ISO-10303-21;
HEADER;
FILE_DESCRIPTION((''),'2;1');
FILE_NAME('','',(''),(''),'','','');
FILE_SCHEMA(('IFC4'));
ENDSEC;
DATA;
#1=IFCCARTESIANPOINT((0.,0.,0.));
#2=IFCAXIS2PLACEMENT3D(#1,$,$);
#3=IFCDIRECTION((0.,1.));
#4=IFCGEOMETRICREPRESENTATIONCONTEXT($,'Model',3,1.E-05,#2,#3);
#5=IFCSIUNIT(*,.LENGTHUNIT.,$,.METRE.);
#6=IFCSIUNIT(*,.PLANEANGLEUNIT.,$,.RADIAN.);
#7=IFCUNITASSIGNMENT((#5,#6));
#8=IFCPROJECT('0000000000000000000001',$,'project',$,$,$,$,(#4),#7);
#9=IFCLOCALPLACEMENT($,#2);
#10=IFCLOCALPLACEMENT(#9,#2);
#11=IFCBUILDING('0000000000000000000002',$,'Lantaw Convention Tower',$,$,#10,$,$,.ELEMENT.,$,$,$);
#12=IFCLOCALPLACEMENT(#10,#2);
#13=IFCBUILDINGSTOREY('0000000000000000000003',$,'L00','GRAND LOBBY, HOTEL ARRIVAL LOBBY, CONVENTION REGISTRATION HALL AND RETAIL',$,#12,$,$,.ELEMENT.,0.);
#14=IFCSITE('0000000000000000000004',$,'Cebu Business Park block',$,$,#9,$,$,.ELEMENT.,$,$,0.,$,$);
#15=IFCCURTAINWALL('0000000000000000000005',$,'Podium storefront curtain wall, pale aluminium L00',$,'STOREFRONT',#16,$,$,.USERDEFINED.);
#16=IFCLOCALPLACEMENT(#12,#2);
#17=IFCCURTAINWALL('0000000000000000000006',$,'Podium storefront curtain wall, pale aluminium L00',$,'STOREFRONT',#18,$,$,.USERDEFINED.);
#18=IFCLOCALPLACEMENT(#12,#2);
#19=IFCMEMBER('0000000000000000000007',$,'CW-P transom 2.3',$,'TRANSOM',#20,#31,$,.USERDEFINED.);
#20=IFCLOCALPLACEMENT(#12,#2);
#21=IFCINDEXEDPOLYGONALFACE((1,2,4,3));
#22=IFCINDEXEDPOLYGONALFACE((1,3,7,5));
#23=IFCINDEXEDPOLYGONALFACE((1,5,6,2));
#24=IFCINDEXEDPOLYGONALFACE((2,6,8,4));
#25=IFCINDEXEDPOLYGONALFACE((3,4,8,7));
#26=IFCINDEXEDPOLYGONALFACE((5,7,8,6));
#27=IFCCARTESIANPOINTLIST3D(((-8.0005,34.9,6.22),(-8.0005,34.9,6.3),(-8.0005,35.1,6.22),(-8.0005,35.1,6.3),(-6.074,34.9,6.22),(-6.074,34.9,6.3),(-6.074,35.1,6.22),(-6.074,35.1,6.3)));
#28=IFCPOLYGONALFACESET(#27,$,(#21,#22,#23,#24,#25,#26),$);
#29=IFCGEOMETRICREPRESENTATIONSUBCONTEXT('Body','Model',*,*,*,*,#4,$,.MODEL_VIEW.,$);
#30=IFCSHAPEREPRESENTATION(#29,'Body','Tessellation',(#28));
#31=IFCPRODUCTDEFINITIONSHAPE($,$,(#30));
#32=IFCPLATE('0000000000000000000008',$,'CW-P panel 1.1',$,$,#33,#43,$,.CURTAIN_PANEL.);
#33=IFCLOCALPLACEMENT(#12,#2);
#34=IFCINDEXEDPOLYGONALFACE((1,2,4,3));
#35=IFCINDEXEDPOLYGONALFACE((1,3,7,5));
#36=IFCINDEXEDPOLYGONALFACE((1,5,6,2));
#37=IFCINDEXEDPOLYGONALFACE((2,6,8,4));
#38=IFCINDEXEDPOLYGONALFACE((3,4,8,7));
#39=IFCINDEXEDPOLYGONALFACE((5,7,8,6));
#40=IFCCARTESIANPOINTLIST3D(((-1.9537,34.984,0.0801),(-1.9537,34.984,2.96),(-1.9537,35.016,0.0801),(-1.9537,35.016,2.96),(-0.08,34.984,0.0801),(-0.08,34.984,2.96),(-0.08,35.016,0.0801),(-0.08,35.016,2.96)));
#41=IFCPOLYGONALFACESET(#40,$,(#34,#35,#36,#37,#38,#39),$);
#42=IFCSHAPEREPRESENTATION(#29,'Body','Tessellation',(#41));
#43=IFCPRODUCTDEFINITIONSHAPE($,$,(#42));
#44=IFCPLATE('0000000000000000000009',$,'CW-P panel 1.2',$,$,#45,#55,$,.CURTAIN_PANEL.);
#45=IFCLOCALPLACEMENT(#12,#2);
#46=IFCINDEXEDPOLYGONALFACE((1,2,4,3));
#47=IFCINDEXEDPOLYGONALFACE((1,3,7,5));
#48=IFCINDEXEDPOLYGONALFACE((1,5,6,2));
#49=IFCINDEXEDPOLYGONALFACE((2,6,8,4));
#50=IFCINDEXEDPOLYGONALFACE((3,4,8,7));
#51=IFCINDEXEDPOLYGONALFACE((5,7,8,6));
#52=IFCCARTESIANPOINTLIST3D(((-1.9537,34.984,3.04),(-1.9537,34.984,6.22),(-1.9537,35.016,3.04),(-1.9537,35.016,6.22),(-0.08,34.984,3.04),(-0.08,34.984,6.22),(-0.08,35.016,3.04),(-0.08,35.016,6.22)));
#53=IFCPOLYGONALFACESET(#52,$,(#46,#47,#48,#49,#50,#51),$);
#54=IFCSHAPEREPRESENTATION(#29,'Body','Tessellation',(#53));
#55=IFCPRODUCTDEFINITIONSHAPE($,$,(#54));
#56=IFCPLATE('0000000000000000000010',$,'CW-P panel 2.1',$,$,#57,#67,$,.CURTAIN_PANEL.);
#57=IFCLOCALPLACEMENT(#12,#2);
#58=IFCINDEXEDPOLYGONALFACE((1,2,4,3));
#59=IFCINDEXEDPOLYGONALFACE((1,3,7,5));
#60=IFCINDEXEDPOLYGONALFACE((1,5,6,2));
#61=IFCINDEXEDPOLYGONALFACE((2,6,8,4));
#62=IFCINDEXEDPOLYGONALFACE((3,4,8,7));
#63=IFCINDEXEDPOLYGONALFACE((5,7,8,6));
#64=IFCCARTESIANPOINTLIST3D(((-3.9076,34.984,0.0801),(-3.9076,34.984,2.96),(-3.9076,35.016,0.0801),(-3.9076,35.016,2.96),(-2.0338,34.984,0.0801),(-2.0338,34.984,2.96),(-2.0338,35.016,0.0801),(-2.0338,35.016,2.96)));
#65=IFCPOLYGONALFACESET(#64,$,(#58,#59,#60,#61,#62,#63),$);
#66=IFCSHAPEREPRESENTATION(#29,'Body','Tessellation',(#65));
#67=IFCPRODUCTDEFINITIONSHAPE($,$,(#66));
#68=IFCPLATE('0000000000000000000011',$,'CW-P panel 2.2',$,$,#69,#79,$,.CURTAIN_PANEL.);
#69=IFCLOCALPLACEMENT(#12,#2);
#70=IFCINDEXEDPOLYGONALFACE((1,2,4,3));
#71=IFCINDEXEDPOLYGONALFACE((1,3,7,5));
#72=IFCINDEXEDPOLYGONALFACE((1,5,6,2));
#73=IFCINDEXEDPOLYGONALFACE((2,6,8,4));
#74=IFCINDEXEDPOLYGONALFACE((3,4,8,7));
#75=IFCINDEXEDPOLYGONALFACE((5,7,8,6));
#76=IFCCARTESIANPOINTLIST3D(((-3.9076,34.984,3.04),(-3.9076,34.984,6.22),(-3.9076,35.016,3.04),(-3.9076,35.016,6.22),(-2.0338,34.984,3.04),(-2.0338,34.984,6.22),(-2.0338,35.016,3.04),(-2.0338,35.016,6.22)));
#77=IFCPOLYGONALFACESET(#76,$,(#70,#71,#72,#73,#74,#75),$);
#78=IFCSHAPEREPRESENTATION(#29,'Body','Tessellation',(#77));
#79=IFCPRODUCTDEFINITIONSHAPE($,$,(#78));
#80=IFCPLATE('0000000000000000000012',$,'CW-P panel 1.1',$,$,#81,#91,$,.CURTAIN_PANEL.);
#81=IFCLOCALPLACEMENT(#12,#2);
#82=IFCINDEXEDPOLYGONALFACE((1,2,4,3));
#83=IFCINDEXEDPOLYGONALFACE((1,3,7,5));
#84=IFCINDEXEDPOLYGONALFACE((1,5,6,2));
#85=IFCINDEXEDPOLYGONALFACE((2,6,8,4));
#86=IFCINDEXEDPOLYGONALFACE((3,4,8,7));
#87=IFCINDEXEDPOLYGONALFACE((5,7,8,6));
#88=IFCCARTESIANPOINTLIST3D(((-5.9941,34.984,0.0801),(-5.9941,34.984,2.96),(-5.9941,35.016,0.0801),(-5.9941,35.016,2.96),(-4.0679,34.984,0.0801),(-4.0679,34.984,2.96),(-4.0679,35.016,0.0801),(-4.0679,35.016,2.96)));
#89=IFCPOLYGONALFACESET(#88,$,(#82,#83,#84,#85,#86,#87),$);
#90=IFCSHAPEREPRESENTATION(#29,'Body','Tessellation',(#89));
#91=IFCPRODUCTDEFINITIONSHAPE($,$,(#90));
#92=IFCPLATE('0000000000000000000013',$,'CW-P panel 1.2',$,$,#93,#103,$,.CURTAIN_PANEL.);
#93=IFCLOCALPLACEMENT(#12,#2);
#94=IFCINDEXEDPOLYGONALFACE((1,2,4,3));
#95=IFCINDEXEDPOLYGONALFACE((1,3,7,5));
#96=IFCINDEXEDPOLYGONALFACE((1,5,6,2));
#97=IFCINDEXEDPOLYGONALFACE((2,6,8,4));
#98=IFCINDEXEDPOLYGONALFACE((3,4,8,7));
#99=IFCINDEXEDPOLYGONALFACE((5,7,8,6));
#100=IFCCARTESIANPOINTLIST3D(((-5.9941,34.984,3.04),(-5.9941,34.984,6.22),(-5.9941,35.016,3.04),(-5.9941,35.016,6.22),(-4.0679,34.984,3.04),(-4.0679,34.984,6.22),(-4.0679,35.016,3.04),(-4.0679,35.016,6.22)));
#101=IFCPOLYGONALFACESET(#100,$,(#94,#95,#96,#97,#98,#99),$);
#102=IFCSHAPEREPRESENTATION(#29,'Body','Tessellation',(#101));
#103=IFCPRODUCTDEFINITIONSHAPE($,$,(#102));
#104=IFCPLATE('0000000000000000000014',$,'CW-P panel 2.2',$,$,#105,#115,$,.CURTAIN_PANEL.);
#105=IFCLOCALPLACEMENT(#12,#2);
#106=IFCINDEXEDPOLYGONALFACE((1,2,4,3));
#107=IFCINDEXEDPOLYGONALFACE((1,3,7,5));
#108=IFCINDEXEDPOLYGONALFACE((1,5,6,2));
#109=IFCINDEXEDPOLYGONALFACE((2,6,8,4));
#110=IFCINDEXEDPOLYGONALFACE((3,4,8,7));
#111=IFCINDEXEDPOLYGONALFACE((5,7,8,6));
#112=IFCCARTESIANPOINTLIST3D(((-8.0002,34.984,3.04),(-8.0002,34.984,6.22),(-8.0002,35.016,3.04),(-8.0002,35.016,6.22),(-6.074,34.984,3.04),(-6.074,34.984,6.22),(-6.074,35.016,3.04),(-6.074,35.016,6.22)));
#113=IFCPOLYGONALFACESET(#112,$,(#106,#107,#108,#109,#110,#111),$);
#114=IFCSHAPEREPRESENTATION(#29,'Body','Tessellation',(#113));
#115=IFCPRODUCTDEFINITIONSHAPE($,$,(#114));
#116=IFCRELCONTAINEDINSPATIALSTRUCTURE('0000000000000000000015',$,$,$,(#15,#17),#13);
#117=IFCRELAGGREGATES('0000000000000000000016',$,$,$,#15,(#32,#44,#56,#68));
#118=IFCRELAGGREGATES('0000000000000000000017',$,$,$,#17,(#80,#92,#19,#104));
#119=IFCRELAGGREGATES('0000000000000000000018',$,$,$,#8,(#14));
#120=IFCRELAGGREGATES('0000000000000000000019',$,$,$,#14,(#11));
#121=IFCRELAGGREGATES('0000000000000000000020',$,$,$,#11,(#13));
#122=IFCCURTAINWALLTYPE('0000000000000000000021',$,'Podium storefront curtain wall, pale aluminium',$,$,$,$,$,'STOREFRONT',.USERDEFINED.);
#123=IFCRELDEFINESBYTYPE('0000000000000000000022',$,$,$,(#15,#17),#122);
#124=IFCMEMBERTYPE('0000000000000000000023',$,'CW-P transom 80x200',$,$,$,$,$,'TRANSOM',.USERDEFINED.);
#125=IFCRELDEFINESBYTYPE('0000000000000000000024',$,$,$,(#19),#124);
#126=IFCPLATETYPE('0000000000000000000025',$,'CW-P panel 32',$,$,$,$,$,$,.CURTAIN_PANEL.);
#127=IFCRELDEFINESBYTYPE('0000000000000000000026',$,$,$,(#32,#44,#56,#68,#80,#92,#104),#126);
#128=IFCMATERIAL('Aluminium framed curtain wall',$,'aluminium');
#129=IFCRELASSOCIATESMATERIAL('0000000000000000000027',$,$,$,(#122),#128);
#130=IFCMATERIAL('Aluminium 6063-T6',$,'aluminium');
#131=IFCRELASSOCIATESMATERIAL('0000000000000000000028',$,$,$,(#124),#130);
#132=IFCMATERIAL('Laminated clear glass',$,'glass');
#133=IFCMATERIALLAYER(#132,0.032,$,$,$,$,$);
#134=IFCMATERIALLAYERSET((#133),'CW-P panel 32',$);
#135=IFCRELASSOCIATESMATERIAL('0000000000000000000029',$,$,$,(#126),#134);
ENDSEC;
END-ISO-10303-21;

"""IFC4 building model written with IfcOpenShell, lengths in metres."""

from ifc_helpers import new_model, si_unit, direction, frame, origin, origin_2d, place, context, subcontext, project, spatial, rectangle, extrude, material, layer, layer_set, material_profile, profile_set, type_object, element, aggregate, save


model = new_model("IFC4")

# Units and contexts
model_context = context("Model", 3, precision=1e-05, world=origin(), true_north=direction((0.0, 1.0)))
body_context = subcontext(model_context, "Body", "Model", "MODEL_VIEW")
ifc_project = project(units=[si_unit("LENGTHUNIT", "METRE"), si_unit("PLANEANGLEUNIT", "RADIAN")], contexts=[model_context])

# Site, building, storey
site_placement = place(None, origin())
site = spatial("IfcSite", under=ifc_project, at=site_placement, Name="Cebu Business Park block", CompositionType="ELEMENT", RefElevation=0.0)
building_placement = place(site_placement, origin())
building = spatial("IfcBuilding", under=site, at=building_placement, Name="Lantaw Convention Tower", CompositionType="ELEMENT")
storey_placement = place(building_placement, origin())
storey = spatial("IfcBuildingStorey", under=building, at=storey_placement, Name="L00", Description="GRAND LOBBY, HOTEL ARRIVAL LOBBY, CONVENTION REGISTRATION HALL AND RETAIL", CompositionType="ELEMENT", Elevation=0.0)

# Curtain walls
ifc_material_1 = material(Name="Aluminium framed curtain wall", Category="aluminium")
curtain_wall_type = type_object("IfcCurtainWallType", Name="Podium storefront curtain wall, pale aluminium", ElementType="STOREFRONT", PredefinedType="USERDEFINED", material=ifc_material_1)
curtain_wall_1_placement = place(storey_placement, origin())
curtain_wall_1 = element("IfcCurtainWall", 1, at=curtain_wall_1_placement, inside=storey, type_object=curtain_wall_type, Name="Podium storefront curtain wall, pale aluminium L00", ObjectType="STOREFRONT", PredefinedType="USERDEFINED")
ifc_material_2 = material(Name="Aluminium 6063-T6", Category="aluminium")
curtain_wall_2_placement = place(storey_placement, origin())
curtain_wall_2 = element("IfcCurtainWall", 2, at=curtain_wall_2_placement, inside=storey, type_object=curtain_wall_type, Name="Podium storefront curtain wall, pale aluminium L00", ObjectType="STOREFRONT", PredefinedType="USERDEFINED")

# Member
ifc_material_profile_1 = material_profile(ifc_material_2, rectangle(XDim=0.2, YDim=0.0801, at=origin_2d()), Name="CW-P transom 80x200")
ifc_profile_set_1 = profile_set([ifc_material_profile_1], Name="Aluminium 6063-T6")
member_type_1 = type_object("IfcMemberType", Name="CW-P transom 80x200", ElementType="TRANSOM", PredefinedType="USERDEFINED", material=ifc_profile_set_1)
member_1_placement = place(storey_placement, frame((-6.074, 35.0, 6.26), z_axis=(-1.0, 0.0, 0.0), x_axis=(0.0, -1.0, 0.0)))
member_1 = element("IfcMember", 3, at=member_1_placement, type_object=member_type_1, Name="CW-P transom 2.3", ObjectType="TRANSOM", PredefinedType="USERDEFINED", context=body_context, shape_type="SweptSolid", body=[
    extrude(rectangle(XDim=0.2, YDim=0.0801, at=origin_2d()), origin(), (0.0, 0.0, 1.0), 1.9265),
])

# Plates
ifc_material_3 = material(Name="Laminated clear glass", Category="glass")
ifc_layer = layer(ifc_material_3, 0.032)
ifc_layer_set = layer_set([ifc_layer], Name="CW-P panel 32")
plate_type = type_object("IfcPlateType", Name="CW-P panel 32", PredefinedType="CURTAIN_PANEL", material=ifc_layer_set)
plate_1_placement = place(storey_placement, frame((-1.0168, 35.0, 0.0801), z_axis=(0.0, 0.0, 1.0), x_axis=(-1.0, 0.0, 0.0)))
plate_1 = element("IfcPlate", 4, at=plate_1_placement, type_object=plate_type, Name="CW-P panel 1.1", PredefinedType="CURTAIN_PANEL", context=body_context, shape_type="SweptSolid", body=[
    extrude(rectangle(XDim=1.8738, YDim=0.032, at=origin_2d()), origin(), (0.0, 0.0, 1.0), 2.8799),
])
plate_2_placement = place(storey_placement, frame((-1.0168, 35.0, 3.04), z_axis=(0.0, 0.0, 1.0), x_axis=(-1.0, 0.0, 0.0)))
plate_2 = element("IfcPlate", 5, at=plate_2_placement, type_object=plate_type, Name="CW-P panel 1.2", PredefinedType="CURTAIN_PANEL", context=body_context, shape_type="SweptSolid", body=[
    extrude(rectangle(XDim=1.8738, YDim=0.032, at=origin_2d()), origin(), (0.0, 0.0, 1.0), 3.1799),
])
plate_3_placement = place(storey_placement, frame((-2.9707, 35.0, 0.0801), z_axis=(0.0, 0.0, 1.0), x_axis=(-1.0, 0.0, 0.0)))
plate_3 = element("IfcPlate", 6, at=plate_3_placement, type_object=plate_type, Name="CW-P panel 2.1", PredefinedType="CURTAIN_PANEL", context=body_context, shape_type="SweptSolid", body=[
    extrude(rectangle(XDim=1.8738, YDim=0.032, at=origin_2d()), origin(), (0.0, 0.0, 1.0), 2.8799),
])
plate_4_placement = place(storey_placement, frame((-2.9707, 35.0, 3.04), z_axis=(0.0, 0.0, 1.0), x_axis=(-1.0, 0.0, 0.0)))
plate_4 = element("IfcPlate", 7, at=plate_4_placement, type_object=plate_type, Name="CW-P panel 2.2", PredefinedType="CURTAIN_PANEL", context=body_context, shape_type="SweptSolid", body=[
    extrude(rectangle(XDim=1.8738, YDim=0.032, at=origin_2d()), origin(), (0.0, 0.0, 1.0), 3.1799),
])
aggregate(curtain_wall_1, [plate_1, plate_2, plate_3, plate_4])
plate_5_placement = place(storey_placement, frame((-5.031, 35.0, 0.0801), z_axis=(0.0, 0.0, 1.0), x_axis=(-1.0, 0.0, 0.0)))
plate_5 = element("IfcPlate", 8, at=plate_5_placement, type_object=plate_type, Name="CW-P panel 1.1", PredefinedType="CURTAIN_PANEL", context=body_context, shape_type="SweptSolid", body=[
    extrude(rectangle(XDim=1.9263, YDim=0.032, at=origin_2d()), origin(), (0.0, 0.0, 1.0), 2.8799),
])
plate_6_placement = place(storey_placement, frame((-5.031, 35.0, 3.04), z_axis=(0.0, 0.0, 1.0), x_axis=(-1.0, 0.0, 0.0)))
plate_6 = element("IfcPlate", 9, at=plate_6_placement, type_object=plate_type, Name="CW-P panel 1.2", PredefinedType="CURTAIN_PANEL", context=body_context, shape_type="SweptSolid", body=[
    extrude(rectangle(XDim=1.9263, YDim=0.032, at=origin_2d()), origin(), (0.0, 0.0, 1.0), 3.1799),
])
plate_7_placement = place(storey_placement, frame((-7.0371, 35.0, 3.04), z_axis=(0.0, 0.0, 1.0), x_axis=(-1.0, 0.0, 0.0)))
plate_7 = element("IfcPlate", 10, at=plate_7_placement, type_object=plate_type, Name="CW-P panel 2.2", PredefinedType="CURTAIN_PANEL", context=body_context, shape_type="SweptSolid", body=[
    extrude(rectangle(XDim=1.9263, YDim=0.032, at=origin_2d()), origin(), (0.0, 0.0, 1.0), 3.1799),
])
aggregate(curtain_wall_2, [plate_5, plate_6, member_1, plate_7])

save(model, "model.ifc")
